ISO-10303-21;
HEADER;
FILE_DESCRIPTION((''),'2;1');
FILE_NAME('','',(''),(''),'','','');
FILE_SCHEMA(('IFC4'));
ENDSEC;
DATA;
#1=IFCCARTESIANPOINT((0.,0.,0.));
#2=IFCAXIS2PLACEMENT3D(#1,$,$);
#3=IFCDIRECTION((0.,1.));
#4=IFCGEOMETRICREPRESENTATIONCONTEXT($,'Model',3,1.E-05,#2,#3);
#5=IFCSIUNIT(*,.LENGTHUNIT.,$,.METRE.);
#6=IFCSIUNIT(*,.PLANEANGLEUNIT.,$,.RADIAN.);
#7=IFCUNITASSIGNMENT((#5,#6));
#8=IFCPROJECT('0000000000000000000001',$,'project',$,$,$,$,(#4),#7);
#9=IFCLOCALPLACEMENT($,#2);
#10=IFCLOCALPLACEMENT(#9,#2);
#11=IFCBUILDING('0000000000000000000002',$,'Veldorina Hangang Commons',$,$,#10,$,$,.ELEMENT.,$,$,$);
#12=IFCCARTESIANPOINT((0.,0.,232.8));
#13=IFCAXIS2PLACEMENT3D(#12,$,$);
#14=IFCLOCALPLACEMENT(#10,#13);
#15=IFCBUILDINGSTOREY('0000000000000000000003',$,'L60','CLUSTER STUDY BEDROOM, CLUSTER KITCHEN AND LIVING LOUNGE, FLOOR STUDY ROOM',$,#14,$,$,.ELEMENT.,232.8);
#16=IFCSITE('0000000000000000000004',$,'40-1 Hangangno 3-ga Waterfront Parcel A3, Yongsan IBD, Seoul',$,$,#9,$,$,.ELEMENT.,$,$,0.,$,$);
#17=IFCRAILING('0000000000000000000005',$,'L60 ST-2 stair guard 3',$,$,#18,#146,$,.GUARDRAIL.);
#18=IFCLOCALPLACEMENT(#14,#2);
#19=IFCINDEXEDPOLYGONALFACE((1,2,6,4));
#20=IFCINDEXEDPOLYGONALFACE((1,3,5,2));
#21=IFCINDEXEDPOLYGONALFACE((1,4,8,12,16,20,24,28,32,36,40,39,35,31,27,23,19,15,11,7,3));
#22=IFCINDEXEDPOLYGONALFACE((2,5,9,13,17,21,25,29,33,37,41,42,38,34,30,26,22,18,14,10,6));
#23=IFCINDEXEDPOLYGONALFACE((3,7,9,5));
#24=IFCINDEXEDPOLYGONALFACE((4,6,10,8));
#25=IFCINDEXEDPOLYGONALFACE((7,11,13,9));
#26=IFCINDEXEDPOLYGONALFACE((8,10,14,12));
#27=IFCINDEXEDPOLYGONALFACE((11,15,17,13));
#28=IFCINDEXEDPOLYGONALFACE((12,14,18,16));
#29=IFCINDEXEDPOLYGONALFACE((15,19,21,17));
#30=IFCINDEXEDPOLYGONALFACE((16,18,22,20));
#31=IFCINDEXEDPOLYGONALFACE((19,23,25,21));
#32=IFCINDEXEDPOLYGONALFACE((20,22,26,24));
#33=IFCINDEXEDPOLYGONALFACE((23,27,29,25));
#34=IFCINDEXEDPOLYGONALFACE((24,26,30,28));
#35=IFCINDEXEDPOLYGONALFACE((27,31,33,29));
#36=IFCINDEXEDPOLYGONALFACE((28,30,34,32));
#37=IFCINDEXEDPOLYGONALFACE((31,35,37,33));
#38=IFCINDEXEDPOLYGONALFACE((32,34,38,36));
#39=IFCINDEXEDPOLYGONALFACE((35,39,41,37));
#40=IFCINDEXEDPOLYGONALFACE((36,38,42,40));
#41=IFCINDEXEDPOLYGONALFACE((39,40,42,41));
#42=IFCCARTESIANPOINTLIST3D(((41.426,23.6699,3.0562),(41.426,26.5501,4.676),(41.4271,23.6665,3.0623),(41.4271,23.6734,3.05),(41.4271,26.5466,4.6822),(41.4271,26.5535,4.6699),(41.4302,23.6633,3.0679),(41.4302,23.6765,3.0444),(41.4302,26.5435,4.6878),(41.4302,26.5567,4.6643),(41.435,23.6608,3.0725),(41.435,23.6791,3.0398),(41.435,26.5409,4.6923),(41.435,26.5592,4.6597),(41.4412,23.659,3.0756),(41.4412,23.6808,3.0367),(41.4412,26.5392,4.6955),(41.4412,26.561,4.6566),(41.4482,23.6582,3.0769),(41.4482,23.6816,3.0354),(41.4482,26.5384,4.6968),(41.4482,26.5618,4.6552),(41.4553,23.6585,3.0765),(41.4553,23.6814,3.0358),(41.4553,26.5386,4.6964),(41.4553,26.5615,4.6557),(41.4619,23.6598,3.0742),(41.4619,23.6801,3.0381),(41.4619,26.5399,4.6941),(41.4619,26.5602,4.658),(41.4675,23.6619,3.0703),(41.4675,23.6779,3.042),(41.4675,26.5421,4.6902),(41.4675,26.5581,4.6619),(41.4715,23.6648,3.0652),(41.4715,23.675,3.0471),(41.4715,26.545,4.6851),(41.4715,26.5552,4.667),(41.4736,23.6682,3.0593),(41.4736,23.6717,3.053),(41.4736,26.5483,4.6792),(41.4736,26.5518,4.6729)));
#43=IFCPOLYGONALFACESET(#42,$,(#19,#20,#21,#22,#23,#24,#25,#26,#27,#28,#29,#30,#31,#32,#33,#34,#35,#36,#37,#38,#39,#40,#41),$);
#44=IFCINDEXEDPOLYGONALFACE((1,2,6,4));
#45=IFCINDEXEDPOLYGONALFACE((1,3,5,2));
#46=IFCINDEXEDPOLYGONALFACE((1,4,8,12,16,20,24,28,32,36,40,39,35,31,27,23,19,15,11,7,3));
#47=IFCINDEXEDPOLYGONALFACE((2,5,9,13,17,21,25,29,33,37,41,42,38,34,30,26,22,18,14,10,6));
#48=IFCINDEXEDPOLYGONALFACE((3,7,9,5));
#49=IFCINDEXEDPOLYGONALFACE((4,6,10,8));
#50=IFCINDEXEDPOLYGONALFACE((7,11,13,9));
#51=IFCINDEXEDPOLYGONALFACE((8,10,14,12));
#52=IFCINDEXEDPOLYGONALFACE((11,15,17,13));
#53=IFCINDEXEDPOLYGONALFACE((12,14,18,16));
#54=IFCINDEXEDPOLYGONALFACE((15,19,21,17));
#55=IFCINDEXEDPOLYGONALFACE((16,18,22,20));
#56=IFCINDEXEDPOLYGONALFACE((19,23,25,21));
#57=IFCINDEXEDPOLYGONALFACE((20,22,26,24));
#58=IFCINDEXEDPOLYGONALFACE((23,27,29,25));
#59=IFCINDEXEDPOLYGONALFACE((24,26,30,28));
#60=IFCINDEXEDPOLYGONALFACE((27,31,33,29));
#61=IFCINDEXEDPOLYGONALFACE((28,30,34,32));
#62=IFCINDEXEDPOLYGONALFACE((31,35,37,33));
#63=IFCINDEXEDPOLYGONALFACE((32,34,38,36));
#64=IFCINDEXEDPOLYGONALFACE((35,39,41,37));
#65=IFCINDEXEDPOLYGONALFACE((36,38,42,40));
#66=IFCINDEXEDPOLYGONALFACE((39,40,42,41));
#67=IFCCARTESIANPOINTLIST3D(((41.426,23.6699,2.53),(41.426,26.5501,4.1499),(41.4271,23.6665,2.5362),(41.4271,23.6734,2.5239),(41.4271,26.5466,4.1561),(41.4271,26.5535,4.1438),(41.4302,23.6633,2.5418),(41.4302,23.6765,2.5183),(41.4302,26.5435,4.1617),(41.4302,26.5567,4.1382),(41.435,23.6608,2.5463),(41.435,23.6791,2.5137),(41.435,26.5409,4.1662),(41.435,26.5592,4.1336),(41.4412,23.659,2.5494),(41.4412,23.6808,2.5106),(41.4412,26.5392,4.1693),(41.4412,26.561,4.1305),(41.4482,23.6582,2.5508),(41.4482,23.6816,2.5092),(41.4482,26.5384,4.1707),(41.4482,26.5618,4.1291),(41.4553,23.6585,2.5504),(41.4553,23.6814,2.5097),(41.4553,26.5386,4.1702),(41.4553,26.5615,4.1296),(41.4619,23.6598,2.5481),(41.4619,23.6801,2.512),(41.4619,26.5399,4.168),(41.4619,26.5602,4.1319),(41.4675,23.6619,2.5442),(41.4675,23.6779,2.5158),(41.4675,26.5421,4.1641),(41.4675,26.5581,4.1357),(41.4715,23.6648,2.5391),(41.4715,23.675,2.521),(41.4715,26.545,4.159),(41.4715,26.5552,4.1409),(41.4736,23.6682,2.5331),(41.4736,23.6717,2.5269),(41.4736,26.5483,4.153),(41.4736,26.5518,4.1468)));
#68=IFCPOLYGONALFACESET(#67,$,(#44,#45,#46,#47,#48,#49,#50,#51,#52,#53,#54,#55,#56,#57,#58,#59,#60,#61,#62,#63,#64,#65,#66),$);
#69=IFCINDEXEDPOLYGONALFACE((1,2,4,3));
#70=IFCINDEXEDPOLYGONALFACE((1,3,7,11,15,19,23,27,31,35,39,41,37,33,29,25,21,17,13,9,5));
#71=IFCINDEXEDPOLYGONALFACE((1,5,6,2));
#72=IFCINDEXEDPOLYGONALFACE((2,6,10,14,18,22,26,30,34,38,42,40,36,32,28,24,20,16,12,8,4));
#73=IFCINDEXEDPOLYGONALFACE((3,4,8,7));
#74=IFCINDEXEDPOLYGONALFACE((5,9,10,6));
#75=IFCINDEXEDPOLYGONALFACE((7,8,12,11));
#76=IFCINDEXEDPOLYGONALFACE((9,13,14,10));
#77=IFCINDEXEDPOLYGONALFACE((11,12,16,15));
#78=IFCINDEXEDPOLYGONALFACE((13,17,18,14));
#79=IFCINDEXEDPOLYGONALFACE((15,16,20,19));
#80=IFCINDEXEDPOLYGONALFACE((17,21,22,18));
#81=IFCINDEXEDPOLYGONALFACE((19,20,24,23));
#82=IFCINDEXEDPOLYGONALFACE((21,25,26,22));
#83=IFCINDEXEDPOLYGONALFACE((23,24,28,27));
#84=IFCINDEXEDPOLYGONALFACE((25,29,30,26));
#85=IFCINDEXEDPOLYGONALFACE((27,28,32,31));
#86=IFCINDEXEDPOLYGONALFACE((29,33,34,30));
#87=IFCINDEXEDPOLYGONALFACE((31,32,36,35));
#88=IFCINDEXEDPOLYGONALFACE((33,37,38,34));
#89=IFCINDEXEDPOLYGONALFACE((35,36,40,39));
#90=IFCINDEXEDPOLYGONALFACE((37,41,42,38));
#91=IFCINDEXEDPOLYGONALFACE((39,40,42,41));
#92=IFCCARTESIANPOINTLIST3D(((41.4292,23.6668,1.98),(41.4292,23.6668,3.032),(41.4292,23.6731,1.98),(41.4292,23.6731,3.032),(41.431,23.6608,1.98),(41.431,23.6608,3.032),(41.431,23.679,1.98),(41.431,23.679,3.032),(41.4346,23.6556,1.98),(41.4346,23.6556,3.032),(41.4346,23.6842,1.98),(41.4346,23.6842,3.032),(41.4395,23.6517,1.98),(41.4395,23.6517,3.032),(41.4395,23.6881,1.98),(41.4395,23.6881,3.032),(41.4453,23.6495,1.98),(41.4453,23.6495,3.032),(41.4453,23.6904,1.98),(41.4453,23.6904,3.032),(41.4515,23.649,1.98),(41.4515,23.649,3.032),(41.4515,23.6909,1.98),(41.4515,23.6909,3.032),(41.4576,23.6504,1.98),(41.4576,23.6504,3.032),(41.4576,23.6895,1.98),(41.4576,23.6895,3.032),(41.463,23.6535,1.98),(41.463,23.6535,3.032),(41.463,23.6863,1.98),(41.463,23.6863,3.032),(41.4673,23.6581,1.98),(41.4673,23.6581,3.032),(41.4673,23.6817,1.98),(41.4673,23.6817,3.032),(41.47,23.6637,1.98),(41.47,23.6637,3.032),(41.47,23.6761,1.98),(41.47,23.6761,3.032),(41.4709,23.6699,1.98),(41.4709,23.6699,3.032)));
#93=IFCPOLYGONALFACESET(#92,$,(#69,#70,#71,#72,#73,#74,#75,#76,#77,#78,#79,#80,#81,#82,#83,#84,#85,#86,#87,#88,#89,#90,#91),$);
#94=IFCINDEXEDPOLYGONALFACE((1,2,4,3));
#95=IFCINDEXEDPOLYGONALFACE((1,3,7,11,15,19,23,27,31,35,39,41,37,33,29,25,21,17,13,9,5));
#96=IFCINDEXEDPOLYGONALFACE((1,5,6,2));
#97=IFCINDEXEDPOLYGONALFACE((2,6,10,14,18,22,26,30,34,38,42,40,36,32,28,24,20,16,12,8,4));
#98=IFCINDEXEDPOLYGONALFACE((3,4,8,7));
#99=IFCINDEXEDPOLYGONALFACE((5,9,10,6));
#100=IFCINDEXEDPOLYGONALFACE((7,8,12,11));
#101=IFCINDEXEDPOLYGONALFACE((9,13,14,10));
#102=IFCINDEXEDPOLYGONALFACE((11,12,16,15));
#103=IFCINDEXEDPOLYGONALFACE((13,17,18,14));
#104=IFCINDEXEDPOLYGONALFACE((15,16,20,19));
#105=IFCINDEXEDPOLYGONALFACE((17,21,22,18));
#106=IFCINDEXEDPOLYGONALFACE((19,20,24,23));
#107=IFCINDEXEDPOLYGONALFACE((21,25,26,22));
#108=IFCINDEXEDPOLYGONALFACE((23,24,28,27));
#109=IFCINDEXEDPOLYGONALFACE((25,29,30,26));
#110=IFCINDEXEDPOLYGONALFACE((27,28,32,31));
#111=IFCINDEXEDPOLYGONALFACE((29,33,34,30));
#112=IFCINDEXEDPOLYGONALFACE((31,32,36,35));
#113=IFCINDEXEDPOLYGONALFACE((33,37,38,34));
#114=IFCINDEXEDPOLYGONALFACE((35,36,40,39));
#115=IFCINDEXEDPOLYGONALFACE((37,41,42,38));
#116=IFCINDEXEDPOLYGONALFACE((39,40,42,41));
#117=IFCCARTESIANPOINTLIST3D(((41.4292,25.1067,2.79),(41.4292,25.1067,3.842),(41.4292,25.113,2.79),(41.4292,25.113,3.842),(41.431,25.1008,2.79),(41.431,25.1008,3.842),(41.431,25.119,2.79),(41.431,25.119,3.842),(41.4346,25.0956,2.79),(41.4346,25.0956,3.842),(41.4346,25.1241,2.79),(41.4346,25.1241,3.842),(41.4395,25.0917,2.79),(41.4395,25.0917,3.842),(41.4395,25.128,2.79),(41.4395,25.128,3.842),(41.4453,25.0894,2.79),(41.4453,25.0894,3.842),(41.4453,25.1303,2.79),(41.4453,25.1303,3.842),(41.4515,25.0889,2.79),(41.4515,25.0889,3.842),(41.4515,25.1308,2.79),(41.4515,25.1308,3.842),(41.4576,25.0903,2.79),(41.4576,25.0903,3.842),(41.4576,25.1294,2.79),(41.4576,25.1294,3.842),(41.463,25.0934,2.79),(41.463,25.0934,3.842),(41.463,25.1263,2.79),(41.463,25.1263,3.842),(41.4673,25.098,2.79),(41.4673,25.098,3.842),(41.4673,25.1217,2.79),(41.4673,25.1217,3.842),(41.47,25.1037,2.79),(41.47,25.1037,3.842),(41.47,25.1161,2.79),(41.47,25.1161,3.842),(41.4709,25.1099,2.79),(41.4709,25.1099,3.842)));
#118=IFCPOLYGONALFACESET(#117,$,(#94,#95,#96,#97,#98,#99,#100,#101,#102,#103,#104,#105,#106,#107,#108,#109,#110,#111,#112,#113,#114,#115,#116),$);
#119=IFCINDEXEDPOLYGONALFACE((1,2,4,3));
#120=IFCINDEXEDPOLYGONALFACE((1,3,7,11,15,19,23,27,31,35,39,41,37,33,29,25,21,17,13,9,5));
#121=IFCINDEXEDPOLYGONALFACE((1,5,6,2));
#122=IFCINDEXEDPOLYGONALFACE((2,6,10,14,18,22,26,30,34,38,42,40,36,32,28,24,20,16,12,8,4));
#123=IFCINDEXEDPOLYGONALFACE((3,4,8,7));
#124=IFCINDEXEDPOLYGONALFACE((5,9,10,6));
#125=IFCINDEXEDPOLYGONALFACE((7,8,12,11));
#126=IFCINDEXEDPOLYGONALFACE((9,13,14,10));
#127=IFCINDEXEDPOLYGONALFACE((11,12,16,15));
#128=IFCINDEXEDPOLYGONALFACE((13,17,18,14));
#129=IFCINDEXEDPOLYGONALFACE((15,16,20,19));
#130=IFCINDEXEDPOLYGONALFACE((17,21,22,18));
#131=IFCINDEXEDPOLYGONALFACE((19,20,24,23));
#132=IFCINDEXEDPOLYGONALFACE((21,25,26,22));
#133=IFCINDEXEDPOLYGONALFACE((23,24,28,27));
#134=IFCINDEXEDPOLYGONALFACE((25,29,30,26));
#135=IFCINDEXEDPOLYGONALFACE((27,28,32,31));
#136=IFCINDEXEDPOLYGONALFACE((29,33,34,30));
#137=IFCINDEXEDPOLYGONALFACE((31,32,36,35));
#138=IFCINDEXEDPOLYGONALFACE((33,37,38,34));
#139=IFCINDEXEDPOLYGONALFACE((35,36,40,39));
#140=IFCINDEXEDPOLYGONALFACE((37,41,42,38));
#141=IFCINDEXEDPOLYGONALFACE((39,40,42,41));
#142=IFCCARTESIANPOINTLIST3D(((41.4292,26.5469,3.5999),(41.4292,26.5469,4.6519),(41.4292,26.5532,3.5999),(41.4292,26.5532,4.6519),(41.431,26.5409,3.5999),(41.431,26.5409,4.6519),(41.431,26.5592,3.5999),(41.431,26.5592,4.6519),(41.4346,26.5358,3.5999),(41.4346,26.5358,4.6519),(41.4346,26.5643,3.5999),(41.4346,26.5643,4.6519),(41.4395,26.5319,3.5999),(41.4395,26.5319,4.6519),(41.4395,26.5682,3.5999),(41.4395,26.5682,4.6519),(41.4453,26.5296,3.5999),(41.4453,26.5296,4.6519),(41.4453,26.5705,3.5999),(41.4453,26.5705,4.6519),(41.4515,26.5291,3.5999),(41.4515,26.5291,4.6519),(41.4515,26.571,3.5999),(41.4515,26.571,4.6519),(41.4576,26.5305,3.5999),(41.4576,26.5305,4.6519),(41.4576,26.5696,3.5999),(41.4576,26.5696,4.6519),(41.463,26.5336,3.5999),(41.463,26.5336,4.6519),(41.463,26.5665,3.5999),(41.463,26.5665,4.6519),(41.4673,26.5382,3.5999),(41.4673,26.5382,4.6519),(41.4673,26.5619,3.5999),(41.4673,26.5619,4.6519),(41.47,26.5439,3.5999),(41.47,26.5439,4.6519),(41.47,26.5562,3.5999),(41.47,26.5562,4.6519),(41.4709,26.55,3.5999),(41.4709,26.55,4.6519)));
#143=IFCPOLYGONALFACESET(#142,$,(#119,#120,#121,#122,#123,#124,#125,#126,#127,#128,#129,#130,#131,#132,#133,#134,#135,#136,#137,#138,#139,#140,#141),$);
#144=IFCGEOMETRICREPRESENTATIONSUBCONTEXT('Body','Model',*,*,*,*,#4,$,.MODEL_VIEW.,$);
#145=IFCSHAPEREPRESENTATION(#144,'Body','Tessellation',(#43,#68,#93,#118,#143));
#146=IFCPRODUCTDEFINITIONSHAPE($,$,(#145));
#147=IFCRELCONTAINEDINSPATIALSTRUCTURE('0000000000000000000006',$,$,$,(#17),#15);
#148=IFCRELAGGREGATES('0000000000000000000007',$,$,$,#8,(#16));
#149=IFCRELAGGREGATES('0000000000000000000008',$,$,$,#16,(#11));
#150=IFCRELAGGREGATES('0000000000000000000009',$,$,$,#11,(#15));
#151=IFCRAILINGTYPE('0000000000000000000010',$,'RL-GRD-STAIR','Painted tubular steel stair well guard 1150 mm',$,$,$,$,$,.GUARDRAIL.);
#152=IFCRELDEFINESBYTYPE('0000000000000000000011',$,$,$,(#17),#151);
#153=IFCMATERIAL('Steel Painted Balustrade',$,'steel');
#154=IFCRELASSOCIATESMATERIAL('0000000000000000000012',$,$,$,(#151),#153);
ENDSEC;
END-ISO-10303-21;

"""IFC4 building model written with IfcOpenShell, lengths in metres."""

from ifc_helpers import new_model, si_unit, direction, frame, origin, origin_2d, place, context, subcontext, project, spatial, circle, extrude, material, type_object, element, save


model = new_model("IFC4")

# Units and contexts
model_context = context("Model", 3, precision=1e-05, world=origin(), true_north=direction((0.0, 1.0)))
body_context = subcontext(model_context, "Body", "Model", "MODEL_VIEW")
ifc_project = project(units=[si_unit("LENGTHUNIT", "METRE"), si_unit("PLANEANGLEUNIT", "RADIAN")], contexts=[model_context])

# Site, building, storey
site_placement = place(None, origin())
site = spatial("IfcSite", under=ifc_project, at=site_placement, Name="40-1 Hangangno 3-ga Waterfront Parcel A3, Yongsan IBD, Seoul", CompositionType="ELEMENT", RefElevation=0.0)
building_placement = place(site_placement, origin())
building = spatial("IfcBuilding", under=site, at=building_placement, Name="Veldorina Hangang Commons", CompositionType="ELEMENT")
storey_placement = place(building_placement, frame((0.0, 0.0, 232.8)))
storey = spatial("IfcBuildingStorey", under=building, at=storey_placement, Name="L60", Description="CLUSTER STUDY BEDROOM, CLUSTER KITCHEN AND LIVING LOUNGE, FLOOR STUDY ROOM", CompositionType="ELEMENT", Elevation=232.8)

# Railing
ifc_material_1 = material(Name="Steel Painted Balustrade", Category="steel")
railing_type_1 = type_object("IfcRailingType", Name="RL-GRD-STAIR", Description="Painted tubular steel stair well guard 1150 mm", PredefinedType="GUARDRAIL", material=ifc_material_1)
railing_1_placement = place(storey_placement, frame((41.45, 23.6699, 1.98)))
element("IfcRailing", 1, at=railing_1_placement, inside=storey, type_object=railing_type_1, Name="L60 ST-2 stair guard 3", PredefinedType="GUARDRAIL", context=body_context, shape_type="SweptSolid", body=[
    extrude(circle(Radius=0.0239, at=origin_2d()), frame((0.0, 0.0, 1.0762), z_axis=(0.0, 0.871601, 0.490216), x_axis=(-1.0, 0.0, 0.0)), (0.0, 0.0, 1.0), 3.3044),
    extrude(circle(Radius=0.0239, at=origin_2d()), frame((0.0, 0.0, 0.55), z_axis=(0.0, 0.871601, 0.490216), x_axis=(-1.0, 0.0, 0.0)), (0.0, 0.0, 1.0), 3.3044),
    extrude(circle(Radius=0.021, at=origin_2d()), origin(), (0.0, 0.0, 1.0), 1.052),
    extrude(circle(Radius=0.021, at=origin_2d()), frame((0.0, 1.4399, 0.8101)), (0.0, 0.0, 1.0), 1.052),
    extrude(circle(Radius=0.021, at=origin_2d()), frame((0.0, 2.8801, 1.6199)), (0.0, 0.0, 1.0), 1.052),
])

save(model, "model.ifc")
